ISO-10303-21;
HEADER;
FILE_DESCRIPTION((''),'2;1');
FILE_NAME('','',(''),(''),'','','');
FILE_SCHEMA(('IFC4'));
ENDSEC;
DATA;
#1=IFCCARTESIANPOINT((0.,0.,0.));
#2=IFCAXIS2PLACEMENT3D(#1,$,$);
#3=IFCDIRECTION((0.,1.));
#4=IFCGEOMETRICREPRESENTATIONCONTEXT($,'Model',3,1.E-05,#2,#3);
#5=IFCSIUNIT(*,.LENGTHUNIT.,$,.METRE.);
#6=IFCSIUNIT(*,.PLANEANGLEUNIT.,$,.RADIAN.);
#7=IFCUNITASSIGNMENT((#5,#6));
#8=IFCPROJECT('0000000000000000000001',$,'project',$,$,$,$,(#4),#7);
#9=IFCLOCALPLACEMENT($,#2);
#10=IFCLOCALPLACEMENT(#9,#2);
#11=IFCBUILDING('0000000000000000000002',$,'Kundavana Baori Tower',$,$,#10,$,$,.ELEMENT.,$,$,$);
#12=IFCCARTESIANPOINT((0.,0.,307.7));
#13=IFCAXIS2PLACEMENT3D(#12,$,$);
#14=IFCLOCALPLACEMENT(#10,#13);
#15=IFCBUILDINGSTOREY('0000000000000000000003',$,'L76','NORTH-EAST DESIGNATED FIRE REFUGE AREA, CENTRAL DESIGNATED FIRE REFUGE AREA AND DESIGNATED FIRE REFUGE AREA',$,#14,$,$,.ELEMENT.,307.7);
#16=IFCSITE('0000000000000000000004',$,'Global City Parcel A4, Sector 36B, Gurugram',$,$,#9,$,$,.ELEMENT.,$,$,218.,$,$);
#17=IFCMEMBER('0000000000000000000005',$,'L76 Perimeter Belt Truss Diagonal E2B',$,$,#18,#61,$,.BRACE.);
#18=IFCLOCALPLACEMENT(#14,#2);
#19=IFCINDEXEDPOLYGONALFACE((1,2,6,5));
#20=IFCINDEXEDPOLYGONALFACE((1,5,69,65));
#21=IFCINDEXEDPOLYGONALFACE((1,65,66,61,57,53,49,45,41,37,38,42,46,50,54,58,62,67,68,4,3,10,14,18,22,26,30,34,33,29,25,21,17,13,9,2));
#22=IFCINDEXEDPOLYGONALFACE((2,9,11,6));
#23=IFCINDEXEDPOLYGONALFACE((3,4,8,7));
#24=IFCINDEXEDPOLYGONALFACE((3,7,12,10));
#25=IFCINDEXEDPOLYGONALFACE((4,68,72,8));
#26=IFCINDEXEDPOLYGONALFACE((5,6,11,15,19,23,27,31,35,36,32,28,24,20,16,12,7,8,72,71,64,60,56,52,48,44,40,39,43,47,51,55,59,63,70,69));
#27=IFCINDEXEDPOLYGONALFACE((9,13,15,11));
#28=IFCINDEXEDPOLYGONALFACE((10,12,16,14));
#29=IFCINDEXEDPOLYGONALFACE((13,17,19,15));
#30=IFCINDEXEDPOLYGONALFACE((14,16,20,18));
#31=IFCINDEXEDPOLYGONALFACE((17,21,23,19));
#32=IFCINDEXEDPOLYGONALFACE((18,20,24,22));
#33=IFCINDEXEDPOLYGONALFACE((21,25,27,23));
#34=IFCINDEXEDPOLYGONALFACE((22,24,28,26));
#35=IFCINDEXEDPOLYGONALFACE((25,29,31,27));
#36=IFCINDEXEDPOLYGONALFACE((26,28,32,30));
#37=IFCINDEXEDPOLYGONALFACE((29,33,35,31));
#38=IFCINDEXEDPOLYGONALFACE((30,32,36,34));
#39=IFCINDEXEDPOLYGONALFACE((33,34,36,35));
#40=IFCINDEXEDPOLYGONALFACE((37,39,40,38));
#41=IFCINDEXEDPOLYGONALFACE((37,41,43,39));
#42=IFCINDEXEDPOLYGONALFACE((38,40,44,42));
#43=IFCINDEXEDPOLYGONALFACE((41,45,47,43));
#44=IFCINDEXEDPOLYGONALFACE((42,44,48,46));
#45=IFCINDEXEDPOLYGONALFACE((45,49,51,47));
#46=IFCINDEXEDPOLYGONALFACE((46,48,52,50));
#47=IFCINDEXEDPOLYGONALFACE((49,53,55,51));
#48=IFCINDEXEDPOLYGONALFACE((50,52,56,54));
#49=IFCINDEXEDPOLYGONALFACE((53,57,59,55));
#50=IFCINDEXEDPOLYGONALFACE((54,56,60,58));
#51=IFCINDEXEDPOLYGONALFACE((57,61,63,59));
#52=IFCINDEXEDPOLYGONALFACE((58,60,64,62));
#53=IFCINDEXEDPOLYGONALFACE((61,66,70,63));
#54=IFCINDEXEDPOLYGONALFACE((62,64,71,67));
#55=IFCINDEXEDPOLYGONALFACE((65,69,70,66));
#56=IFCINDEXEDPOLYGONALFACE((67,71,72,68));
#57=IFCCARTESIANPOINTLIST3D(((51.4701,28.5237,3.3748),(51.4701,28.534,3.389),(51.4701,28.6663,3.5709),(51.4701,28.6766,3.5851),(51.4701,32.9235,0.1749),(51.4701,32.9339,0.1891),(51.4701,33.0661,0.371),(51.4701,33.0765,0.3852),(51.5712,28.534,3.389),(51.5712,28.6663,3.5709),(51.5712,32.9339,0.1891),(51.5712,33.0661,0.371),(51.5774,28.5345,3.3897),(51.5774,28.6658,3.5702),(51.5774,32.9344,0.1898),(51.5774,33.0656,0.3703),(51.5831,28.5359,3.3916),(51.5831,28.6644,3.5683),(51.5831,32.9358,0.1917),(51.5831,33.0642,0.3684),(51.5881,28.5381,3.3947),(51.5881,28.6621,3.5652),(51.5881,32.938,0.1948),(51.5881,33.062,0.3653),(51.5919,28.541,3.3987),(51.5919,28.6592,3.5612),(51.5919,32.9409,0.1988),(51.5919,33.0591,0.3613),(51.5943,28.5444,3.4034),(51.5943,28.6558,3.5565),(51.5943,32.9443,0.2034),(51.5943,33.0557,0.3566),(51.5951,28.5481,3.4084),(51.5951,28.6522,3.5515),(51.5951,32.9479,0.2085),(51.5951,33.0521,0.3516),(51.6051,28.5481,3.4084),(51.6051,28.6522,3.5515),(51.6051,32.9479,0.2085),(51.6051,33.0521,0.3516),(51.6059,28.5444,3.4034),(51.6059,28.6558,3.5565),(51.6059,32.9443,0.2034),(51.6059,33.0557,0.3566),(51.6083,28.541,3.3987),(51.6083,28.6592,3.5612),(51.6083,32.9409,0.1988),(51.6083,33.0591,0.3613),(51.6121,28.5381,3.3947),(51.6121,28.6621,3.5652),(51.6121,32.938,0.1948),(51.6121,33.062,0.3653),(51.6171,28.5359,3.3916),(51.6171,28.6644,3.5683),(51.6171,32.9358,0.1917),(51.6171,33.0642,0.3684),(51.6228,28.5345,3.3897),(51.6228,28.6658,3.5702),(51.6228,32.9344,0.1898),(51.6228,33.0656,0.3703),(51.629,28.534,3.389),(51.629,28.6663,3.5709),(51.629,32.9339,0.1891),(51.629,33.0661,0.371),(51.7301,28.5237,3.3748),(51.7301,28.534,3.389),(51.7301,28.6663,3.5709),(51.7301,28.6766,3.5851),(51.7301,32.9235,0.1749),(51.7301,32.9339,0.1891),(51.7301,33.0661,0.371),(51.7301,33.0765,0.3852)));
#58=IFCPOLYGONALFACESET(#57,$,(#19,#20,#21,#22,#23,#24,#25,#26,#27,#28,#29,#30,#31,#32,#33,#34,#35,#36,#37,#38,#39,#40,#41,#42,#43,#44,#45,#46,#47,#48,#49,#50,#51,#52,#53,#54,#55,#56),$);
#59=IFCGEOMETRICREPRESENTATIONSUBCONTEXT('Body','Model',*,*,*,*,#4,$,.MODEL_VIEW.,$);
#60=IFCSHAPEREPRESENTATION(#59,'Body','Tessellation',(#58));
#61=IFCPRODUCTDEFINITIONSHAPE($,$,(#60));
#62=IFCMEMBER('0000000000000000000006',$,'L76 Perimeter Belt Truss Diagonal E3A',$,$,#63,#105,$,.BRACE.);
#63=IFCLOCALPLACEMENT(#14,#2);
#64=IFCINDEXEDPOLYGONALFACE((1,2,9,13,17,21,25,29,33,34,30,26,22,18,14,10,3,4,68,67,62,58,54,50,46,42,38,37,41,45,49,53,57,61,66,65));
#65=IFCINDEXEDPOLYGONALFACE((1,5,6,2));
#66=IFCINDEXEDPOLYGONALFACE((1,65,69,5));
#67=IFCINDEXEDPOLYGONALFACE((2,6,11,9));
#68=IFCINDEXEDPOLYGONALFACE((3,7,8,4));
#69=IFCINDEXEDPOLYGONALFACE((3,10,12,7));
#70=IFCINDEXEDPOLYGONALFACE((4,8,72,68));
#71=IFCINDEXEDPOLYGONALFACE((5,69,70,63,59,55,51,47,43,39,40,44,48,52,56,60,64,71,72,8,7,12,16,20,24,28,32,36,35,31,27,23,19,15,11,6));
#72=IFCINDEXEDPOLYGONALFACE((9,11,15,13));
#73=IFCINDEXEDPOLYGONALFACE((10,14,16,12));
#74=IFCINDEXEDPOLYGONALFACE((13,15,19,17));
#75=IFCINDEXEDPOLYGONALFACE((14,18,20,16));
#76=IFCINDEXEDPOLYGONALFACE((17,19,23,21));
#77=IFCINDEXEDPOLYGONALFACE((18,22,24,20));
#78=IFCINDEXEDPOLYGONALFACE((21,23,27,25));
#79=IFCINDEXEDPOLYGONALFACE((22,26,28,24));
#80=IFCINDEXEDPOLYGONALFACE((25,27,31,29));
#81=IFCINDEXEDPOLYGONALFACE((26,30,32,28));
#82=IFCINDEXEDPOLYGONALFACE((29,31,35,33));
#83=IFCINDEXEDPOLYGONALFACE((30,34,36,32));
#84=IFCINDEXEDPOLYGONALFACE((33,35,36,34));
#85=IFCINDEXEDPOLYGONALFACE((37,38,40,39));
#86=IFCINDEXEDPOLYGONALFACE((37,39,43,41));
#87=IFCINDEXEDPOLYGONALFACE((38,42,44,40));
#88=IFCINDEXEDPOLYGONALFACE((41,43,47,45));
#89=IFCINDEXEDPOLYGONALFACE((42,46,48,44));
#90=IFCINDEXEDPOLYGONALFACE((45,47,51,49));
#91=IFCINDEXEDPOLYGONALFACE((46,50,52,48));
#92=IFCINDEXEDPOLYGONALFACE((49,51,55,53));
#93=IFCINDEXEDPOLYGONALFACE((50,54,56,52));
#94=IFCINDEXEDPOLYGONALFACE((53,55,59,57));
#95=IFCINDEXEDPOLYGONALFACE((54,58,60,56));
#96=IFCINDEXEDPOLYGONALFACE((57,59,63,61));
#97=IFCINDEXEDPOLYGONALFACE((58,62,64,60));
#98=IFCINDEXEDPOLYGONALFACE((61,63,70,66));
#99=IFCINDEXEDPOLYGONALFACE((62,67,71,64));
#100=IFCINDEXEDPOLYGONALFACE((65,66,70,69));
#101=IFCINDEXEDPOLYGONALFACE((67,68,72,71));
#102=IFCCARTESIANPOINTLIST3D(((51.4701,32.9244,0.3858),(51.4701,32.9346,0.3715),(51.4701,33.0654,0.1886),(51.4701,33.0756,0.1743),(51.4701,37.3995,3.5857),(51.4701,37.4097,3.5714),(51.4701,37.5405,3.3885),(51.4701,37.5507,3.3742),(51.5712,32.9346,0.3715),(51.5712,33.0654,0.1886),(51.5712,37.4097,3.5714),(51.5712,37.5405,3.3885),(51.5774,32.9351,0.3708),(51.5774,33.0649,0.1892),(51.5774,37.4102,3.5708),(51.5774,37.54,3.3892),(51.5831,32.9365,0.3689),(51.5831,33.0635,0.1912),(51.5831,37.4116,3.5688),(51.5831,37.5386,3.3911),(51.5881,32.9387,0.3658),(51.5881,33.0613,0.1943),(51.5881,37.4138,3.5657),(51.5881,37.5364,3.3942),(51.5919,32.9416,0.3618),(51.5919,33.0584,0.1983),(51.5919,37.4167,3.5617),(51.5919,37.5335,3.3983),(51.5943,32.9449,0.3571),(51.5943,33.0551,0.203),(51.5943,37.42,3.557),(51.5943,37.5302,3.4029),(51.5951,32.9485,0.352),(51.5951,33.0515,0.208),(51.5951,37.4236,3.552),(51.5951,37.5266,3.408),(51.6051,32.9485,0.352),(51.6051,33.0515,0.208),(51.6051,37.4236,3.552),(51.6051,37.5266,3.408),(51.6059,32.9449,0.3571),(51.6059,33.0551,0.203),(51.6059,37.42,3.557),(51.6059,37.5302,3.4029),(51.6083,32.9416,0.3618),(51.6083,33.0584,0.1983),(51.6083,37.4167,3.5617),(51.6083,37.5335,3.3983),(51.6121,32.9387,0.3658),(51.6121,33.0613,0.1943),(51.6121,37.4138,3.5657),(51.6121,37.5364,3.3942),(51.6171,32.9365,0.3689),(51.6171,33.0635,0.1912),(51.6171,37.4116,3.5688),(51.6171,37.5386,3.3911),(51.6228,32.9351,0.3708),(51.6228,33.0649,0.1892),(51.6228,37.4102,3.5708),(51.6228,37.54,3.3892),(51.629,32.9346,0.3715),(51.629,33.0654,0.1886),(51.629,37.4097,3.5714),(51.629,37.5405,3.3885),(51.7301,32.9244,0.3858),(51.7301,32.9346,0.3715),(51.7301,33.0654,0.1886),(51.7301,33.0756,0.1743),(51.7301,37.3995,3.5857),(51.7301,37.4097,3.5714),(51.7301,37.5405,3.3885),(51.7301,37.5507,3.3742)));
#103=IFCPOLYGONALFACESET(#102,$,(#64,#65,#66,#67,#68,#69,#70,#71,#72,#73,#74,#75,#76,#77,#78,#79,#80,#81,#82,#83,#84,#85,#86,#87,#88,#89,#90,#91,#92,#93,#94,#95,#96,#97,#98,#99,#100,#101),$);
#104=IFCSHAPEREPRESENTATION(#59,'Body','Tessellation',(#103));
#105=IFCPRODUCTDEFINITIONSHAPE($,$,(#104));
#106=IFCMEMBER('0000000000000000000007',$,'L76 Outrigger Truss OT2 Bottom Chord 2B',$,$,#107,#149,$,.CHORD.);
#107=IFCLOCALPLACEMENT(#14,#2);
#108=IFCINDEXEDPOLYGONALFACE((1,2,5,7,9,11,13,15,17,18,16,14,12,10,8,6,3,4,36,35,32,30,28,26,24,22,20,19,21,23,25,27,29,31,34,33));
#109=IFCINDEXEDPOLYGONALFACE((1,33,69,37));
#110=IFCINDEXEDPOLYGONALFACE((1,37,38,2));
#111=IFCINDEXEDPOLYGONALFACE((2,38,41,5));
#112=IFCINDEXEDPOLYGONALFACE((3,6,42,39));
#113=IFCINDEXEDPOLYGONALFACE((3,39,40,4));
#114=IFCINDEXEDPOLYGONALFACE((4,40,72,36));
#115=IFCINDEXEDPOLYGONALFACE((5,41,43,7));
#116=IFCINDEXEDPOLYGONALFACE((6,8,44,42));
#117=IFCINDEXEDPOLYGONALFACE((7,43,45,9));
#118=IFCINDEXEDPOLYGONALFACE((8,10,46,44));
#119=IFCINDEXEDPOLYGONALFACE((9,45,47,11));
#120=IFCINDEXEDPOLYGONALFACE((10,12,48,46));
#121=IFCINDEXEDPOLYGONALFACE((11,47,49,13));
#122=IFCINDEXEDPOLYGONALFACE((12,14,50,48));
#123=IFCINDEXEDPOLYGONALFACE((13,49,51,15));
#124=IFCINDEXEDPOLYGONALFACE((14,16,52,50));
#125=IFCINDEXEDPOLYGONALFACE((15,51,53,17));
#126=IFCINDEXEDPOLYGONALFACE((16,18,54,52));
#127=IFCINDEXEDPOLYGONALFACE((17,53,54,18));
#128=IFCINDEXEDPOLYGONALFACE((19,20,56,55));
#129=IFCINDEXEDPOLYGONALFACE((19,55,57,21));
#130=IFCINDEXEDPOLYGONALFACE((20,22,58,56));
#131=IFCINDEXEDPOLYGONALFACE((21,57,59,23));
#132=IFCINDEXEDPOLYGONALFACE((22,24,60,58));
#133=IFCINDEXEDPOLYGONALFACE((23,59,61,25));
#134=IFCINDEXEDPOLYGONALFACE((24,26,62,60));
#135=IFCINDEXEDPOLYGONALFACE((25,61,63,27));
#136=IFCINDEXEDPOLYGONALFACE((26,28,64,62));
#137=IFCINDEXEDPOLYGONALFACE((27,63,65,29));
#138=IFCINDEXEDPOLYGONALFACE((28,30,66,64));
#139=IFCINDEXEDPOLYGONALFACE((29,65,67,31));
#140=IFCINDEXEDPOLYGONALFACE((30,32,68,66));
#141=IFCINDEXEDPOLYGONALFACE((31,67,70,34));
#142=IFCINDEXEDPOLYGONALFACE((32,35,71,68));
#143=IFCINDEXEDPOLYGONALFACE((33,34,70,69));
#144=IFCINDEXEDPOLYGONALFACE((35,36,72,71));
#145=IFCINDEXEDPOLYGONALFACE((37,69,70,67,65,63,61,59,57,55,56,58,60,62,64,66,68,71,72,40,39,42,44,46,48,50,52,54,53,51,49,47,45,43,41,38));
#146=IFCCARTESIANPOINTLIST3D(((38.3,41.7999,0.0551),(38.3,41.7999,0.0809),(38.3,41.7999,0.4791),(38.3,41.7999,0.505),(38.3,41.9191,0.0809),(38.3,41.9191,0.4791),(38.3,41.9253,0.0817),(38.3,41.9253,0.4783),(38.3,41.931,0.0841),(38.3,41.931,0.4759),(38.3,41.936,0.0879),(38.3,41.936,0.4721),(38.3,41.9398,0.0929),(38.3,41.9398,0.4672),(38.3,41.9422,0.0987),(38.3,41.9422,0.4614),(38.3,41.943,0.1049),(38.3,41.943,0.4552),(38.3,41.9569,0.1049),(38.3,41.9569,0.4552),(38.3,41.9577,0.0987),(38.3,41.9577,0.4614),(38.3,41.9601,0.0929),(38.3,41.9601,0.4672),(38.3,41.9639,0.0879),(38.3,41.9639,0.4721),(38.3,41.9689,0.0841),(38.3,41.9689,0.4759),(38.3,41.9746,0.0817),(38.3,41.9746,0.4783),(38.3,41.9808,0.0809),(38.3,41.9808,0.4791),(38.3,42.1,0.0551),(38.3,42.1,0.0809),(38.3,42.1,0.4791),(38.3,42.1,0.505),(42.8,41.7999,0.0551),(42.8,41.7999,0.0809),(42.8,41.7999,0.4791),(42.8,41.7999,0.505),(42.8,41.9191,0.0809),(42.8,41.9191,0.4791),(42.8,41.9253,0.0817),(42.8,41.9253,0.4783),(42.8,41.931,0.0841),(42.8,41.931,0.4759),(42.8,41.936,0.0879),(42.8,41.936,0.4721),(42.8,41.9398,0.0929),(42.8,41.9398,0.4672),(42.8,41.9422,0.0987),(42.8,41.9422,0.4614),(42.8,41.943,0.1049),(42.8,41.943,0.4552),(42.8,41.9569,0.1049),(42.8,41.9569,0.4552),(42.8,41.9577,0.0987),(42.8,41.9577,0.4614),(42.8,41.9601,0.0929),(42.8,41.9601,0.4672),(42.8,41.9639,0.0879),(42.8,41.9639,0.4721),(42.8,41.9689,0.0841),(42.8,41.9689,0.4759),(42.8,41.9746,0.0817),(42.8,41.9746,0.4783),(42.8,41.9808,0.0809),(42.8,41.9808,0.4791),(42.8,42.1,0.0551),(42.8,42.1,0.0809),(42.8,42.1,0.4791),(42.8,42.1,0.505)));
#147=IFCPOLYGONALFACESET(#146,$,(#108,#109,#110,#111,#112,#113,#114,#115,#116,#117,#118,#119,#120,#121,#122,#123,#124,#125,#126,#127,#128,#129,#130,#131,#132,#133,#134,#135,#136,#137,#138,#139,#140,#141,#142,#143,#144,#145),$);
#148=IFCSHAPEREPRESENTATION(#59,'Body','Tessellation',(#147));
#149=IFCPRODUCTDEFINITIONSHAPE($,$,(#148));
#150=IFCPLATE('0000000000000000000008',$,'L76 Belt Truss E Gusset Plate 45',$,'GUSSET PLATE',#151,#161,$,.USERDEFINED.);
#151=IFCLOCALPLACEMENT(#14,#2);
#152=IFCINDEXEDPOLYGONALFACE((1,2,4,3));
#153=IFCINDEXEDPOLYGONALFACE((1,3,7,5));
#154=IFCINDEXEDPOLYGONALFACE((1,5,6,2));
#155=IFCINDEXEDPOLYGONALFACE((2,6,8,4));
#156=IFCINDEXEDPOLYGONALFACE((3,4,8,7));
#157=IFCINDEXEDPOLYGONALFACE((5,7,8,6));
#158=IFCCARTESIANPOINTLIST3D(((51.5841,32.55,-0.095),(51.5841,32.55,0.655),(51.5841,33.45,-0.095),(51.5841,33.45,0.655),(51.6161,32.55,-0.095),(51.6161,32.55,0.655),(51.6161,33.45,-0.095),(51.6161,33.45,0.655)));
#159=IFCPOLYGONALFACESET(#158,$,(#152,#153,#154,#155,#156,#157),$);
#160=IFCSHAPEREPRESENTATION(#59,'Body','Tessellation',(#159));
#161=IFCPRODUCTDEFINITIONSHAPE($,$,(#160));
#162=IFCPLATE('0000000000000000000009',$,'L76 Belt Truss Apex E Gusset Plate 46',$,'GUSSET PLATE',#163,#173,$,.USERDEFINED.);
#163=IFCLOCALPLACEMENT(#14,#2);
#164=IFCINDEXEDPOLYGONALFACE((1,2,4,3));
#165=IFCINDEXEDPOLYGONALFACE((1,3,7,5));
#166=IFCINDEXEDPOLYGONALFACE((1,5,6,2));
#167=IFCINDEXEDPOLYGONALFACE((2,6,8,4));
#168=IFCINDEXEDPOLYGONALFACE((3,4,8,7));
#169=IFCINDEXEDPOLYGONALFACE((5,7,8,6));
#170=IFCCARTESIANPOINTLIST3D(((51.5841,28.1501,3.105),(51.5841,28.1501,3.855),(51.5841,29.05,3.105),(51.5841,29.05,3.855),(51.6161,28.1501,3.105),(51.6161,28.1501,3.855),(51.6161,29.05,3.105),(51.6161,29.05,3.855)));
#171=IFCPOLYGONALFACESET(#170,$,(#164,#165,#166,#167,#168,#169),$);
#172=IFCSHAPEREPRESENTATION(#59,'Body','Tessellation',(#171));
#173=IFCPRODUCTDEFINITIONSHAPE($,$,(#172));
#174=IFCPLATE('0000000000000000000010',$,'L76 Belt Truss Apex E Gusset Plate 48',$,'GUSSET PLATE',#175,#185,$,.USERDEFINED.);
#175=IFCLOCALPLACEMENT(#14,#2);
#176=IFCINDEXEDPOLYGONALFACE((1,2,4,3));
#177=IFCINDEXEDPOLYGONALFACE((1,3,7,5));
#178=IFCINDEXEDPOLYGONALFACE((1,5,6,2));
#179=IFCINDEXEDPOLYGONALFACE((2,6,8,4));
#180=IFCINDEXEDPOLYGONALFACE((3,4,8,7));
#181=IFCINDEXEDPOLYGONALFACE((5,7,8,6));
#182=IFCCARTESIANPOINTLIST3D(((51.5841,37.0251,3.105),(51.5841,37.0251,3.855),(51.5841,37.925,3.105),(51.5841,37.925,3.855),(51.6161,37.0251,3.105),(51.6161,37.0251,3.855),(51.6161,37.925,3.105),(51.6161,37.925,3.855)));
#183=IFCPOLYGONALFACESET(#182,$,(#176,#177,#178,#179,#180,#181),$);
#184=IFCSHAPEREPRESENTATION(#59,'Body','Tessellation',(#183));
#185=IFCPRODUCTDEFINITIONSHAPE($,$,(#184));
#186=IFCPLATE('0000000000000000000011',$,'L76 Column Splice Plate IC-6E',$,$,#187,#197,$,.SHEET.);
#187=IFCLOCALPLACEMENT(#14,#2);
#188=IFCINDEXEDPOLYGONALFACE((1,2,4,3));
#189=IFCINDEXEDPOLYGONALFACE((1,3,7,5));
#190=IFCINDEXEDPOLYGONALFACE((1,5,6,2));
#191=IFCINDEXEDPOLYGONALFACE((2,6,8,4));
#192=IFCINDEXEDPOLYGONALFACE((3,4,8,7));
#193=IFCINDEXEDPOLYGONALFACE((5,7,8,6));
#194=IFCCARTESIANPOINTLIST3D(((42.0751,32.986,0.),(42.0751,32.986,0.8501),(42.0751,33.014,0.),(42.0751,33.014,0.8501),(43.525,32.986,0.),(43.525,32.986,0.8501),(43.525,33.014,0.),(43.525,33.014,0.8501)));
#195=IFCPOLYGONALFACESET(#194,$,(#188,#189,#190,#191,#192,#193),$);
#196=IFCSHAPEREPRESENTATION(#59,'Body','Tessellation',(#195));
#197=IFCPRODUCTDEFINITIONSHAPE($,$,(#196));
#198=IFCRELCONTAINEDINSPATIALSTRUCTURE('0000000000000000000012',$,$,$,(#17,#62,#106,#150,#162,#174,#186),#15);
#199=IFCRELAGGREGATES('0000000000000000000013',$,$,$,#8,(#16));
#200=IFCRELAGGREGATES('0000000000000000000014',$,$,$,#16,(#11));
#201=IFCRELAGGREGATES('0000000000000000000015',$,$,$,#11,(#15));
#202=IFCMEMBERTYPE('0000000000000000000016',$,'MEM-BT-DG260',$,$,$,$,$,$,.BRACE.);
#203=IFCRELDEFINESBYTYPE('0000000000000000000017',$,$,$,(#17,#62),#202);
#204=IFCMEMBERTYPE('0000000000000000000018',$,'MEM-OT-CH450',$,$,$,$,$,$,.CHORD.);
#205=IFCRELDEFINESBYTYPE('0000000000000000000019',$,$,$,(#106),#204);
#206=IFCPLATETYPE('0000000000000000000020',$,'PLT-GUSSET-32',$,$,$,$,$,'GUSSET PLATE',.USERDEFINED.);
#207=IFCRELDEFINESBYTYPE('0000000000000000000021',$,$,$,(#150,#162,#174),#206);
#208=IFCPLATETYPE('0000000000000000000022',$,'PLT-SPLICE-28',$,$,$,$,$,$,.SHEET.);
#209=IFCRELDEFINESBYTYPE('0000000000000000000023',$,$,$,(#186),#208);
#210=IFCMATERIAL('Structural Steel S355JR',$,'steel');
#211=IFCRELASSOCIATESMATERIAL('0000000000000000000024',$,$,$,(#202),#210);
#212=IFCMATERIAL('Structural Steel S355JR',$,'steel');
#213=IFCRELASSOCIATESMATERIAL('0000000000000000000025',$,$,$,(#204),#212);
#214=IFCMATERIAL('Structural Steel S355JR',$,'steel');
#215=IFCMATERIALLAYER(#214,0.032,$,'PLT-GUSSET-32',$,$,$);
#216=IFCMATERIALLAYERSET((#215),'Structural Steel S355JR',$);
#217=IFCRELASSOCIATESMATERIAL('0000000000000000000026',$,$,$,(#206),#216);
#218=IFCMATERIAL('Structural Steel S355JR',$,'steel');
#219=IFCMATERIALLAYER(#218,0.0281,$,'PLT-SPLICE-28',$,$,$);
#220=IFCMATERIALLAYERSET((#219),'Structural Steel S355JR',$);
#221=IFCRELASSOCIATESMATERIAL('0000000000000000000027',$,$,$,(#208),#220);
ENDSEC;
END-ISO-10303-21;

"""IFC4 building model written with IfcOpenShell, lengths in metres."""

from ifc_helpers import new_model, si_unit, direction, frame, origin, origin_2d, place, context, subcontext, project, spatial, rectangle, i_section, extrude, material, layer, layer_set, material_profile, profile_set, type_object, element, save


model = new_model("IFC4")

# Units and contexts
model_context = context("Model", 3, precision=1e-05, world=origin(), true_north=direction((0.0, 1.0)))
body_context = subcontext(model_context, "Body", "Model", "MODEL_VIEW")
ifc_project = project(units=[si_unit("LENGTHUNIT", "METRE"), si_unit("PLANEANGLEUNIT", "RADIAN")], contexts=[model_context])

# Site, building, storey
site_placement = place(None, origin())
site = spatial("IfcSite", under=ifc_project, at=site_placement, Name="Global City Parcel A4, Sector 36B, Gurugram", CompositionType="ELEMENT", RefElevation=218.0)
building_placement = place(site_placement, origin())
building = spatial("IfcBuilding", under=site, at=building_placement, Name="Kundavana Baori Tower", CompositionType="ELEMENT")
storey_placement = place(building_placement, frame((0.0, 0.0, 307.7)))
storey = spatial("IfcBuildingStorey", under=building, at=storey_placement, Name="L76", Description="NORTH-EAST DESIGNATED FIRE REFUGE AREA, CENTRAL DESIGNATED FIRE REFUGE AREA AND DESIGNATED FIRE REFUGE AREA", CompositionType="ELEMENT", Elevation=307.7)

# Members
ifc_material_1 = material(Name="Structural Steel S355JR", Category="steel")
ifc_material_profile_1 = material_profile(ifc_material_1, i_section(OverallWidth=0.26, OverallDepth=0.26, WebThickness=0.01, FlangeThickness=0.0176, FilletRadius=0.0239, at=origin_2d()), Name="WPB 260x260x93")
ifc_profile_set_1 = profile_set([ifc_material_profile_1], Name="Structural Steel S355JR")
member_type_1 = type_object("IfcMemberType", Name="MEM-BT-DG260", PredefinedType="BRACE", material=ifc_profile_set_1)
member_1_placement = place(storey_placement, frame((51.6001, 33.0, 0.28), z_axis=(0.0, -0.808734, 0.588174), x_axis=(1.0, 0.0, 0.0)))
element("IfcMember", 1, at=member_1_placement, inside=storey, type_object=member_type_1, Name="L76 Perimeter Belt Truss Diagonal E2B", PredefinedType="BRACE", context=body_context, shape_type="SweptSolid", body=[
    extrude(i_section(OverallWidth=0.26, OverallDepth=0.26, WebThickness=0.01, FlangeThickness=0.0176, FilletRadius=0.0239, at=origin_2d()), origin(), (0.0, 0.0, 1.0), 5.4404),
])
member_2_placement = place(storey_placement, frame((51.6001, 33.0, 0.28), z_axis=(0.0, 0.813437, 0.581654), x_axis=(-1.0, 0.0, 0.0)))
element("IfcMember", 2, at=member_2_placement, inside=storey, type_object=member_type_1, Name="L76 Perimeter Belt Truss Diagonal E3A", PredefinedType="BRACE", context=body_context, shape_type="SweptSolid", body=[
    extrude(i_section(OverallWidth=0.26, OverallDepth=0.26, WebThickness=0.01, FlangeThickness=0.0176, FilletRadius=0.0239, at=origin_2d()), origin(), (0.0, 0.0, 1.0), 5.5015),
])
ifc_material_2 = material(Name="Structural Steel S355JR", Category="steel")
ifc_material_profile_2 = material_profile(ifc_material_2, i_section(OverallWidth=0.3, OverallDepth=0.45, WebThickness=0.0139, FlangeThickness=0.0259, FilletRadius=0.0239, at=origin_2d()), Name="WPB 450x300x142")
ifc_profile_set_2 = profile_set([ifc_material_profile_2], Name="Structural Steel S355JR")
member_type_2 = type_object("IfcMemberType", Name="MEM-OT-CH450", PredefinedType="CHORD", material=ifc_profile_set_2)
member_3_placement = place(storey_placement, frame((38.3, 41.95, 0.28), z_axis=(1.0, 0.0, 0.0), x_axis=(0.0, 1.0, 0.0)))
element("IfcMember", 3, at=member_3_placement, inside=storey, type_object=member_type_2, Name="L76 Outrigger Truss OT2 Bottom Chord 2B", PredefinedType="CHORD", context=body_context, shape_type="SweptSolid", body=[
    extrude(i_section(OverallWidth=0.3, OverallDepth=0.45, WebThickness=0.0139, FlangeThickness=0.0259, FilletRadius=0.0239, at=origin_2d()), origin(), (0.0, 0.0, 1.0), 4.5),
])

# Plates
ifc_material_3 = material(Name="Structural Steel S355JR", Category="steel")
ifc_layer_1 = layer(ifc_material_3, 0.032, Name="PLT-GUSSET-32")
ifc_layer_set_1 = layer_set([ifc_layer_1], Name="Structural Steel S355JR")
plate_type_1 = type_object("IfcPlateType", Name="PLT-GUSSET-32", ElementType="GUSSET PLATE", PredefinedType="USERDEFINED", material=ifc_layer_set_1)
for number, where, z_axis, x_axis, name in (
    (4, (51.6001, 33.0, -0.095), (0.0, 0.0, 1.0), (1.0, 0.0, 0.0), "L76 Belt Truss E Gusset Plate 45"),
    (5, (51.6001, 28.6001, 3.105), (0.0, 0.0, 1.0), (1.0, 0.0, 0.0), "L76 Belt Truss Apex E Gusset Plate 46"),
    (6, (51.6001, 37.4751, 3.105), (0.0, 0.0, 1.0), (1.0, 0.0, 0.0), "L76 Belt Truss Apex E Gusset Plate 48"),
):
    element("IfcPlate", number, at=place(storey_placement, frame(where, z_axis=z_axis, x_axis=x_axis)), inside=storey, type_object=plate_type_1, Name=name, ObjectType="GUSSET PLATE", PredefinedType="USERDEFINED", context=body_context, shape_type="SweptSolid", body=[
        extrude(rectangle(XDim=0.032, YDim=0.8999, at=origin_2d()), origin(), (0.0, 0.0, 1.0), 0.75),
    ])
ifc_material_4 = material(Name="Structural Steel S355JR", Category="steel")
ifc_layer_2 = layer(ifc_material_4, 0.0281, Name="PLT-SPLICE-28")
ifc_layer_set_2 = layer_set([ifc_layer_2], Name="Structural Steel S355JR")
plate_type_2 = type_object("IfcPlateType", Name="PLT-SPLICE-28", PredefinedType="SHEET", material=ifc_layer_set_2)
plate_placement = place(storey_placement, frame((42.8, 33.0, 0.0), z_axis=(0.0, 0.0, 1.0), x_axis=(1.0, 0.0, 0.0)))
element("IfcPlate", 7, at=plate_placement, inside=storey, type_object=plate_type_2, Name="L76 Column Splice Plate IC-6E", PredefinedType="SHEET", context=body_context, shape_type="SweptSolid", body=[
    extrude(rectangle(XDim=1.45, YDim=0.0281, at=origin_2d()), origin(), (0.0, 0.0, 1.0), 0.8501),
])

save(model, "model.ifc")
